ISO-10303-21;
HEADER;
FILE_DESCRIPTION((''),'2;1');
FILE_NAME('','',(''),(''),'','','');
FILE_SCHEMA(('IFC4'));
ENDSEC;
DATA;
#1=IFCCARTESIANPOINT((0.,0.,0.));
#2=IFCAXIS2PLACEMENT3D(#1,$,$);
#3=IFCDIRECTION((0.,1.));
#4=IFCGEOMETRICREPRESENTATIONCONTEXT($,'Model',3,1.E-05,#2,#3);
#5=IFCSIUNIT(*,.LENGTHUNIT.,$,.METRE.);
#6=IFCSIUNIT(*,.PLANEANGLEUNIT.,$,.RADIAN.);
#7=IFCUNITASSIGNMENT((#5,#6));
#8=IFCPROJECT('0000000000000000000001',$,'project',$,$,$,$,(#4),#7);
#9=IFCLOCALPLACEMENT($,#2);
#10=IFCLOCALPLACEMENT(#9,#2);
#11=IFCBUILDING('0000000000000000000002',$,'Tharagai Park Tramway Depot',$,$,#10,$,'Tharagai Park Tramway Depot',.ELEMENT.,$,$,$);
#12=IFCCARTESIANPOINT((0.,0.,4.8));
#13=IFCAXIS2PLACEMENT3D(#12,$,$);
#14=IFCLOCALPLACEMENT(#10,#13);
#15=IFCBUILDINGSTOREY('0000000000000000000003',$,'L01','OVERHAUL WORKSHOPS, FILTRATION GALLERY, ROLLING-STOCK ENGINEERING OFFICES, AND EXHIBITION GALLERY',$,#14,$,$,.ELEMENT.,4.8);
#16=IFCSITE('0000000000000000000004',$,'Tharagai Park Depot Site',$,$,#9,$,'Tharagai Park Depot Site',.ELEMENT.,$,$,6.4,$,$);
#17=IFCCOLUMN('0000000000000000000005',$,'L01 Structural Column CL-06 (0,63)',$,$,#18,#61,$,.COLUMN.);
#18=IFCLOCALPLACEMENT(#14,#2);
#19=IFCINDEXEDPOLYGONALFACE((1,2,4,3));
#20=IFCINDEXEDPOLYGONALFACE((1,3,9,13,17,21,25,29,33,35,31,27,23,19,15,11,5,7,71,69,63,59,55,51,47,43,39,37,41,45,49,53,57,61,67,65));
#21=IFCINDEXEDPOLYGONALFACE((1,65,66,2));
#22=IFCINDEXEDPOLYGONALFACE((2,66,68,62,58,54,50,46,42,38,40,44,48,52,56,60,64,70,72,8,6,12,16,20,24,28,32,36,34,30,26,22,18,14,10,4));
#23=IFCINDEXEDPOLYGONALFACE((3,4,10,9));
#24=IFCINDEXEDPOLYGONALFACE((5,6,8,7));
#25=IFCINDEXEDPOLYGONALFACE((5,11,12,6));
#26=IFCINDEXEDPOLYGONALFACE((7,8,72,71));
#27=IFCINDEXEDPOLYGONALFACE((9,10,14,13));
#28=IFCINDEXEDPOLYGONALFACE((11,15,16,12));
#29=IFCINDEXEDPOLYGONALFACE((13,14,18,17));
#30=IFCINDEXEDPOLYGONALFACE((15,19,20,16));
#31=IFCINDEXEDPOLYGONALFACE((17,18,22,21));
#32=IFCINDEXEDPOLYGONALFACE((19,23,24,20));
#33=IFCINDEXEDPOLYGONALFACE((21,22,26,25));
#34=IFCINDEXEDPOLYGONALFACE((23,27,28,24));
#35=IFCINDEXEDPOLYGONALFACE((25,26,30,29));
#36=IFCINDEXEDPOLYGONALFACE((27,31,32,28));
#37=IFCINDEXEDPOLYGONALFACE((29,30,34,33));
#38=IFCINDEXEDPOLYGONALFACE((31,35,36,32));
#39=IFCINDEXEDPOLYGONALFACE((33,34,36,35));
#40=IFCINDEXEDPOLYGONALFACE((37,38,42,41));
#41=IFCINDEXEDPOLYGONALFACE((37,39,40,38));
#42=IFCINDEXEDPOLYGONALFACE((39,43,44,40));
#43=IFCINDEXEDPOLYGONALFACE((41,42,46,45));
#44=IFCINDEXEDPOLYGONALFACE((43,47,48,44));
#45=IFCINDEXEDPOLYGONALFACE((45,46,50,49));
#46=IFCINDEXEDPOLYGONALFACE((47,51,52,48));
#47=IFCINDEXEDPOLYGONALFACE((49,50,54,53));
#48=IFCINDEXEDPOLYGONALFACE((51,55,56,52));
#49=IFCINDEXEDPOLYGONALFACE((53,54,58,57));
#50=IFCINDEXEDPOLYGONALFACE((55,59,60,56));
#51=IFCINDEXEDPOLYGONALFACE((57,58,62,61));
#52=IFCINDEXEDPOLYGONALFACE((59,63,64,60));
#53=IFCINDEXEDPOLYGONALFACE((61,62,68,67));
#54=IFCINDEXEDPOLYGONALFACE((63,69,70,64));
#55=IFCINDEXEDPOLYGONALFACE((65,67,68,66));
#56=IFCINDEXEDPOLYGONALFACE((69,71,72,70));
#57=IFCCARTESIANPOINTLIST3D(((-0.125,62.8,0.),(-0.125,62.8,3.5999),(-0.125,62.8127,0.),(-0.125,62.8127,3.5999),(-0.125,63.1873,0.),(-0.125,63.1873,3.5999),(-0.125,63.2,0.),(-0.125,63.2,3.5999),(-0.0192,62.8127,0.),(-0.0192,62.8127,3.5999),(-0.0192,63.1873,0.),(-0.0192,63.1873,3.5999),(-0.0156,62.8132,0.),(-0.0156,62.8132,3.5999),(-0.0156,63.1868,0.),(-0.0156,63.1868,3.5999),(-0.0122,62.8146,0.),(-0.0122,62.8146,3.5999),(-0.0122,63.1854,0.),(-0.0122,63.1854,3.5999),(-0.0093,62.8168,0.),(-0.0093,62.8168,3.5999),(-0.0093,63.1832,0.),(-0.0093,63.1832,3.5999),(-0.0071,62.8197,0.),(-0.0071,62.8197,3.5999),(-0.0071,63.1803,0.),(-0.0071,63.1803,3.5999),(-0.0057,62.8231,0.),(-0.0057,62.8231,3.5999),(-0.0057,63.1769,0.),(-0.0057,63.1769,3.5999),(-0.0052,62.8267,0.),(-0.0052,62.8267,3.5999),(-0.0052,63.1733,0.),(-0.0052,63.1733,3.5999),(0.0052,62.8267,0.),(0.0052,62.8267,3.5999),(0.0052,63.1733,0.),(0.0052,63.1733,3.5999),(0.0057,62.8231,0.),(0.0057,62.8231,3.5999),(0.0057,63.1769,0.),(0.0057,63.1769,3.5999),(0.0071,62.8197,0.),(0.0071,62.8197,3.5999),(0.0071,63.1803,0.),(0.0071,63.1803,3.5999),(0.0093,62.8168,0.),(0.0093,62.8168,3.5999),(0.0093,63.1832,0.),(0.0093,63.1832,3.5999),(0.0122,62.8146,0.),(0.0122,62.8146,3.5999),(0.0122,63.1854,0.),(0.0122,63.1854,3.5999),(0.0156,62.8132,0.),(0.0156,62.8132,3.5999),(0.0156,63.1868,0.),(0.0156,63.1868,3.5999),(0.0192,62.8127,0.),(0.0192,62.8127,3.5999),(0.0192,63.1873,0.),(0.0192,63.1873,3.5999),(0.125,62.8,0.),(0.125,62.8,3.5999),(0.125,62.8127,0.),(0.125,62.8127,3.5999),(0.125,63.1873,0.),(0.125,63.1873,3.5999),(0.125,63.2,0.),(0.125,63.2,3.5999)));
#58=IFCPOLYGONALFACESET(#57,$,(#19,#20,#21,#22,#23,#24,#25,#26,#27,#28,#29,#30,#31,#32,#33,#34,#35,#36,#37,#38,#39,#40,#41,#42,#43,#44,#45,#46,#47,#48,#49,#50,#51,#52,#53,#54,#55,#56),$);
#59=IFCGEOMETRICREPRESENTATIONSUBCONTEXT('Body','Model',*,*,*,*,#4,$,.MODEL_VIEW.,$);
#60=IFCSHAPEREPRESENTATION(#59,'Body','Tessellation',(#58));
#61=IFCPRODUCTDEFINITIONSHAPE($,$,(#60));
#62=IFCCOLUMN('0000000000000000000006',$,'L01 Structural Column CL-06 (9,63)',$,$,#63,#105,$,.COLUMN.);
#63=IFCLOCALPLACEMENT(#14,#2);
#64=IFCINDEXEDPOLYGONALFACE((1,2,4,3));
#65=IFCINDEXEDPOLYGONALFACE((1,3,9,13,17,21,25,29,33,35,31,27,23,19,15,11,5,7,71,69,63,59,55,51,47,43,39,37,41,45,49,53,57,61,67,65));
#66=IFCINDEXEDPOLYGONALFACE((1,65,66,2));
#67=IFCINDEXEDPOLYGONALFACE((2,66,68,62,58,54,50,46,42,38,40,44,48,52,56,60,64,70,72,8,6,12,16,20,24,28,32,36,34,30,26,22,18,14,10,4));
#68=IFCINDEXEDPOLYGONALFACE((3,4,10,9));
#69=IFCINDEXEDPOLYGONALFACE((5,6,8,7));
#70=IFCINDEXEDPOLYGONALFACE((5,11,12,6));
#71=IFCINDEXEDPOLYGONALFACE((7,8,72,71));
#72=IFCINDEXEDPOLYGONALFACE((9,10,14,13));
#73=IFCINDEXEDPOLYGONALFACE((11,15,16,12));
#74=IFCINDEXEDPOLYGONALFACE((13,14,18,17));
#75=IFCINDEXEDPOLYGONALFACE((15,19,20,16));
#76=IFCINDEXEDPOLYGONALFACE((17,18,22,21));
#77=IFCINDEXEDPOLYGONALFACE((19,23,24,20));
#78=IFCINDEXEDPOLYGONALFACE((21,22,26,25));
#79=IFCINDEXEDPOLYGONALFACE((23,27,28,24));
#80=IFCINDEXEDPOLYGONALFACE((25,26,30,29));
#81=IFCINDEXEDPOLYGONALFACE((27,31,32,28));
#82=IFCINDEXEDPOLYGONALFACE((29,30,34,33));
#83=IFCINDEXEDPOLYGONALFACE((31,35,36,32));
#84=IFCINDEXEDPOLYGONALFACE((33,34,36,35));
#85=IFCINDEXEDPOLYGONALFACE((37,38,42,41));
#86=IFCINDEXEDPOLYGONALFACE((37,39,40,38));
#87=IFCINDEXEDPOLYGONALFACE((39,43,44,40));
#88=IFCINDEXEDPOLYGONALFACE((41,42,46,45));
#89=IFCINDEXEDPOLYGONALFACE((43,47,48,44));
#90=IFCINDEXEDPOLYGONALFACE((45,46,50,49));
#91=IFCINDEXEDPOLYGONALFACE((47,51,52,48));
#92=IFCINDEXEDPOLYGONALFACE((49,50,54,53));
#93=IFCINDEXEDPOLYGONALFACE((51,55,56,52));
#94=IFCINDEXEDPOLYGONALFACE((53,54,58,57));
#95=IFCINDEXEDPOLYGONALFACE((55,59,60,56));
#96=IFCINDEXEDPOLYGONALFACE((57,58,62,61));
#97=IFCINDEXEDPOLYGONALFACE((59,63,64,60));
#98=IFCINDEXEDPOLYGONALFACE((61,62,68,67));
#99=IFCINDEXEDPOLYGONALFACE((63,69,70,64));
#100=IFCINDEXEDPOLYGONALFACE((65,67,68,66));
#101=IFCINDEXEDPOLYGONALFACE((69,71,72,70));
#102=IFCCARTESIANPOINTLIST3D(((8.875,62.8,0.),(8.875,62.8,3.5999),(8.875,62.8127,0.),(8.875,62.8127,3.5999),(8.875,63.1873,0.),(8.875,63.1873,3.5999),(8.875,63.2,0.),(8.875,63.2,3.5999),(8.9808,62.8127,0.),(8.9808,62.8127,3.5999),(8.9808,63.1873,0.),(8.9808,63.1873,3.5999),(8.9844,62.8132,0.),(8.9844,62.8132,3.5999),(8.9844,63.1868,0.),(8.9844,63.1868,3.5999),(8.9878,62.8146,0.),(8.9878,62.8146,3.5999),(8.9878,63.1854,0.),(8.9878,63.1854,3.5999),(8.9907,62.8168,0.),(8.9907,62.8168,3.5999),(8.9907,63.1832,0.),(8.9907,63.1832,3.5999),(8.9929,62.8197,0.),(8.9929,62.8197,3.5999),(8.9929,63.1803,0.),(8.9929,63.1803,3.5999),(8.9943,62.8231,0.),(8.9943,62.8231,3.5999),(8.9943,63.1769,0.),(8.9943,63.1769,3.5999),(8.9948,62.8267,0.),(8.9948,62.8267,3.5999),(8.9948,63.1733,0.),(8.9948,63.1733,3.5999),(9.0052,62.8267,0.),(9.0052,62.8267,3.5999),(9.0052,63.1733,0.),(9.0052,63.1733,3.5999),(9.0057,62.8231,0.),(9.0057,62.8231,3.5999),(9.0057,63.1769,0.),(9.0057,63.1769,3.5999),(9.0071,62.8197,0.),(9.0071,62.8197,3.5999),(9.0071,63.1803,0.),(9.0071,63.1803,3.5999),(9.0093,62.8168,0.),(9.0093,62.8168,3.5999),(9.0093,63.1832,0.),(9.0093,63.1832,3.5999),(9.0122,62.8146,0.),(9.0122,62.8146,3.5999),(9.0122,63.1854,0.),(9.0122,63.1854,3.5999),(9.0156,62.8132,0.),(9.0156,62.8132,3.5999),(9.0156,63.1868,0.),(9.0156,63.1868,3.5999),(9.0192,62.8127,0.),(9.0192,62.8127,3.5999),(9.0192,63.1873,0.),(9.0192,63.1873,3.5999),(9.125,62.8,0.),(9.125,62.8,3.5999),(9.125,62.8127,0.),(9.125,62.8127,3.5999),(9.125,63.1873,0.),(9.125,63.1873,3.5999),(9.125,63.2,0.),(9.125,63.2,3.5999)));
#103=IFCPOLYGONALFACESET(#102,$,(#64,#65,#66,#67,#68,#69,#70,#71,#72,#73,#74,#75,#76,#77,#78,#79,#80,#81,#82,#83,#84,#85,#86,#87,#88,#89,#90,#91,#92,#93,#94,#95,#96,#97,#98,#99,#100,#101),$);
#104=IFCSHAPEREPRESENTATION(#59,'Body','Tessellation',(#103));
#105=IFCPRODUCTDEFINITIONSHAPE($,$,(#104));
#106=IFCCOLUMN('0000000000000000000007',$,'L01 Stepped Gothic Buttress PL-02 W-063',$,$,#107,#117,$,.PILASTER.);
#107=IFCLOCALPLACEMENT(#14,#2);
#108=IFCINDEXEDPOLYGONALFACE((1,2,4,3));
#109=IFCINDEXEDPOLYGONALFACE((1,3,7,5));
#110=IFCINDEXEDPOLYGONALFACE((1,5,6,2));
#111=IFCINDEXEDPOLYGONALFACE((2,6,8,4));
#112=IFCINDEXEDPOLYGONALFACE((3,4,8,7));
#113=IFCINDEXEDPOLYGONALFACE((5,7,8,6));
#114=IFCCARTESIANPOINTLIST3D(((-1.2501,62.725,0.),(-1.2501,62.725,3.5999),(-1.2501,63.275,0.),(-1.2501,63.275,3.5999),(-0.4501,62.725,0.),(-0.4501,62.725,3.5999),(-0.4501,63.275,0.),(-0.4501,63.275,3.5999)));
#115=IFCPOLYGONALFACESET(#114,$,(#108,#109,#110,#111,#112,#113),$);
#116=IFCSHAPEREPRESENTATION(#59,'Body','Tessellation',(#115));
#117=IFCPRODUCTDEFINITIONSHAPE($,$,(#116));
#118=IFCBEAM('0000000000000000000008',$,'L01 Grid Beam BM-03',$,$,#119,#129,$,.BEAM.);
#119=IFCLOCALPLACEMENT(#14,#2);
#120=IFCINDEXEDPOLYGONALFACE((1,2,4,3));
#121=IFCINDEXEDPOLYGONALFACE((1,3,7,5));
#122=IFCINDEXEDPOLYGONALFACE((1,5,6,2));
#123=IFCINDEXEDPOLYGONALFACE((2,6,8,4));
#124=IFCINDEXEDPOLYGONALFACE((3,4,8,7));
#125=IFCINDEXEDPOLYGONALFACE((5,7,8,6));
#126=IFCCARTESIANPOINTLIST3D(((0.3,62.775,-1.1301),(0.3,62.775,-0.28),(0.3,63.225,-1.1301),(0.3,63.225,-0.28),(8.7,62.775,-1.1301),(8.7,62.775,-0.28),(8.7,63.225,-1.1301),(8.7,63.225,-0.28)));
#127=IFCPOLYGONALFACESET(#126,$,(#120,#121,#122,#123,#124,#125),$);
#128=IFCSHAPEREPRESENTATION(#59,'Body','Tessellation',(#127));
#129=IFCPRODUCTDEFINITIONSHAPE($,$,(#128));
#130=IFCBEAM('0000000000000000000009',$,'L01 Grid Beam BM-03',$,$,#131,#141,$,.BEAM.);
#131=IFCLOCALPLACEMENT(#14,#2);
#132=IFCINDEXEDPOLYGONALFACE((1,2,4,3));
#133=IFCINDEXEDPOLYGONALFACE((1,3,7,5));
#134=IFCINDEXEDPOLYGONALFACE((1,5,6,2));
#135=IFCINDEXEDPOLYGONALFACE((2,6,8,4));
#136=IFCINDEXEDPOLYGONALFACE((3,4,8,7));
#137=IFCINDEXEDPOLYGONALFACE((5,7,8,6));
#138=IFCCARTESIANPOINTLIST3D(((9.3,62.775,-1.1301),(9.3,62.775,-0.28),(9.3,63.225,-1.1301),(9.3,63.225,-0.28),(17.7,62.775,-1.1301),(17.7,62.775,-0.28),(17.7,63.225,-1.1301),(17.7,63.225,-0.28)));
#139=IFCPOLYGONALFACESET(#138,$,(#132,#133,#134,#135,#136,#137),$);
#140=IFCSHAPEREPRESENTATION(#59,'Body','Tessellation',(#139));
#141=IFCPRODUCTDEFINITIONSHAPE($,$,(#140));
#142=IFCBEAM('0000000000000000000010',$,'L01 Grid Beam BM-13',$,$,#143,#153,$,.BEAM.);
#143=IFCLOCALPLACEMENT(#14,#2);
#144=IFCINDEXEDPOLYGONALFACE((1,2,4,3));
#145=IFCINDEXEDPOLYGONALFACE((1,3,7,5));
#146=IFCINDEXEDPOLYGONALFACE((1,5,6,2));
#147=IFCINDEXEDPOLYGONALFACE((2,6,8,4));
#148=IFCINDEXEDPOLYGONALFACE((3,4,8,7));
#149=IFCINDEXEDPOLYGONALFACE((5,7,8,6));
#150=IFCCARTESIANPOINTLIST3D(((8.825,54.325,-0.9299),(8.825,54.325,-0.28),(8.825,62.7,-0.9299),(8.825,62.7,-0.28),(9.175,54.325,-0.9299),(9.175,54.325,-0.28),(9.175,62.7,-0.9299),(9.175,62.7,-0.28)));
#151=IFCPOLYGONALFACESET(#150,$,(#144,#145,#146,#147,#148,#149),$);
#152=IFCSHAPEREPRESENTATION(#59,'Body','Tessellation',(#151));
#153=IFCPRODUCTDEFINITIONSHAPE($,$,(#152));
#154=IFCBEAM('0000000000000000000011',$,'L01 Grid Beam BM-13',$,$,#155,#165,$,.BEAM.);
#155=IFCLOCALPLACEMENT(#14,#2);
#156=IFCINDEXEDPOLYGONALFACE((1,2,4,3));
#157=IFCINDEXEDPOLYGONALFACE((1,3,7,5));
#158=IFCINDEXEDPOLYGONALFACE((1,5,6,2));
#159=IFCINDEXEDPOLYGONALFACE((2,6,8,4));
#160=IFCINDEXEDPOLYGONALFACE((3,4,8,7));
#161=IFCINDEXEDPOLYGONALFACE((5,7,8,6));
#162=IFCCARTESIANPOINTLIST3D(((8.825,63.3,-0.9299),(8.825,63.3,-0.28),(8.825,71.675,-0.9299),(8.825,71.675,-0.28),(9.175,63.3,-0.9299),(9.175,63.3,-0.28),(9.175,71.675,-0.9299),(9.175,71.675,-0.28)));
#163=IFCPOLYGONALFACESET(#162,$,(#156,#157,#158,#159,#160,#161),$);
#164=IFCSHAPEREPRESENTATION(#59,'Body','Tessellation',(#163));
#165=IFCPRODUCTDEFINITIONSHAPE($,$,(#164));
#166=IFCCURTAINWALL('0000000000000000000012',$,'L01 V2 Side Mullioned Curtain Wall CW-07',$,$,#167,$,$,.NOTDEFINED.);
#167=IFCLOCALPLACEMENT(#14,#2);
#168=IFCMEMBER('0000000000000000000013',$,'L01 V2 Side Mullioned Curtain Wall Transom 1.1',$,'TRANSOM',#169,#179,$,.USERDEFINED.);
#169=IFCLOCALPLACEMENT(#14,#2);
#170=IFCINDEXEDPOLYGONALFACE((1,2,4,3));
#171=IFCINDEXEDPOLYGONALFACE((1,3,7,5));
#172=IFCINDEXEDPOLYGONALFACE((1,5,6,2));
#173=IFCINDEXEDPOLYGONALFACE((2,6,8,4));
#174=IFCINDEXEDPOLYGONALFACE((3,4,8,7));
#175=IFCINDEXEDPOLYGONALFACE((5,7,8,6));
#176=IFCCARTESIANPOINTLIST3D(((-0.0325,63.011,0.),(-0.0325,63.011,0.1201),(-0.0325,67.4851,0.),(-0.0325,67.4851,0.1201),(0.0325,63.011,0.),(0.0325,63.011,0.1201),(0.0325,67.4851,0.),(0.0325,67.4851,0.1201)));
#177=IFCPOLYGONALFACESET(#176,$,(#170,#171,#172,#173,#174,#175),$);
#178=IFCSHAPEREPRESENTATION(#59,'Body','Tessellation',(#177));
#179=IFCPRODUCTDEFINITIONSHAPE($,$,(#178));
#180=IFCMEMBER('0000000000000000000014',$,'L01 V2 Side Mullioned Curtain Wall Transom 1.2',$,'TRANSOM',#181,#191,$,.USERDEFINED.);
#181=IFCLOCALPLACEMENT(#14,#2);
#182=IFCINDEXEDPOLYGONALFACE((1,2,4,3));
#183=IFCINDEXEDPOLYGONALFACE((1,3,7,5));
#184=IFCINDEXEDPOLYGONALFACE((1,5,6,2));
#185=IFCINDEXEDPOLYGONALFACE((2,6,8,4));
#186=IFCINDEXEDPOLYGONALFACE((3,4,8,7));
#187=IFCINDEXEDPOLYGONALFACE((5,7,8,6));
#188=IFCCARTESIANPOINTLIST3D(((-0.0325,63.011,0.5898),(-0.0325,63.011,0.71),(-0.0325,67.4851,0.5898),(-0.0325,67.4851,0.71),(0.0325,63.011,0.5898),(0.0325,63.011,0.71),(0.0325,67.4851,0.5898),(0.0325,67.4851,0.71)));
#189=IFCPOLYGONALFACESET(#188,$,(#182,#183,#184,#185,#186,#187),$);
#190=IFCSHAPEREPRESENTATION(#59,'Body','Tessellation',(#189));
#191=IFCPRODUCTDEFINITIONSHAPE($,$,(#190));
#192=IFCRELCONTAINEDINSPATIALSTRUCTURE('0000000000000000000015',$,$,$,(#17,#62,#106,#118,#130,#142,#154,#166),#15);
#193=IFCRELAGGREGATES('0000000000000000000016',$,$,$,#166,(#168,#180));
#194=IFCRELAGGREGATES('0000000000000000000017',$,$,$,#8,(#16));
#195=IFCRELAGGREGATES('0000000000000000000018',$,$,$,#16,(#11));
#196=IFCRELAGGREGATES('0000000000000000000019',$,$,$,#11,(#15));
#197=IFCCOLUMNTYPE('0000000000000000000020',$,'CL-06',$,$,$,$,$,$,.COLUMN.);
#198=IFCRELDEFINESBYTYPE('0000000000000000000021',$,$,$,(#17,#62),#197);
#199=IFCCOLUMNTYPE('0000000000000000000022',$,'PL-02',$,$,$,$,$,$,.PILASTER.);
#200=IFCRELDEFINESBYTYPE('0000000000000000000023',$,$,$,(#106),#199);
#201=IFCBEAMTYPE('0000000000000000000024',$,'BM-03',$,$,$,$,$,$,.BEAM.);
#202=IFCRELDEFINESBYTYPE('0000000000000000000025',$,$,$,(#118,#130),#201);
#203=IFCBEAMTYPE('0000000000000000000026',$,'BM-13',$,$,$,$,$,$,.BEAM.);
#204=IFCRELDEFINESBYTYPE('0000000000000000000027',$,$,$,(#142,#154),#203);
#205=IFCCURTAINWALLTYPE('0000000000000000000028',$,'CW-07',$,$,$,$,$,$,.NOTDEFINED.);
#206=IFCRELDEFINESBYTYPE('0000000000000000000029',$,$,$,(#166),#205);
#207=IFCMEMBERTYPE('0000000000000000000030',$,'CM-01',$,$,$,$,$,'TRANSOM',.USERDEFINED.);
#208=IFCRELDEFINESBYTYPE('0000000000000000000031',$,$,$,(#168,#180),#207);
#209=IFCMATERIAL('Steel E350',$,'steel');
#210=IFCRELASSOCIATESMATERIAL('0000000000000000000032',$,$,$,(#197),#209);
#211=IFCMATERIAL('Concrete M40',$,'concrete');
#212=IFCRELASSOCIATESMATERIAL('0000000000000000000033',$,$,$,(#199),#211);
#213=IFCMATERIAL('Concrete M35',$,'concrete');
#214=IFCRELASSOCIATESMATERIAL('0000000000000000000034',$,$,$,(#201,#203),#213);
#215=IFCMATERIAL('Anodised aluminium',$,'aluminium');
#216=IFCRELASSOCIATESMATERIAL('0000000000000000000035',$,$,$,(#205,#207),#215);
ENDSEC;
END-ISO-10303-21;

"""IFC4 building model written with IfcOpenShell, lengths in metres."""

from ifc_helpers import new_model, si_unit, direction, frame, origin, origin_2d, place, context, subcontext, project, spatial, rectangle, i_section, extrude, material, material_profile, profile_set, type_object, element, aggregate, save


model = new_model("IFC4")

# Units and contexts
model_context = context("Model", 3, precision=1e-05, world=origin(), true_north=direction((0.0, 1.0)))
body_context = subcontext(model_context, "Body", "Model", "MODEL_VIEW")
ifc_project = project(units=[si_unit("LENGTHUNIT", "METRE"), si_unit("PLANEANGLEUNIT", "RADIAN")], contexts=[model_context])

# Site, building, storey
site_placement = place(None, origin())
site = spatial("IfcSite", under=ifc_project, at=site_placement, Name="Tharagai Park Depot Site", LongName="Tharagai Park Depot Site", CompositionType="ELEMENT", RefElevation=6.4)
building_placement = place(site_placement, origin())
building = spatial("IfcBuilding", under=site, at=building_placement, Name="Tharagai Park Tramway Depot", LongName="Tharagai Park Tramway Depot", CompositionType="ELEMENT")
storey_placement = place(building_placement, frame((0.0, 0.0, 4.8)))
storey = spatial("IfcBuildingStorey", under=building, at=storey_placement, Name="L01", Description="OVERHAUL WORKSHOPS, FILTRATION GALLERY, ROLLING-STOCK ENGINEERING OFFICES, AND EXHIBITION GALLERY", CompositionType="ELEMENT", Elevation=4.8)

# Columns
ifc_material_1 = material(Name="Steel E350", Category="steel")
ifc_material_profile_1 = material_profile(ifc_material_1, i_section(OverallWidth=0.25, OverallDepth=0.3999, WebThickness=0.0105, FlangeThickness=0.0127, FilletRadius=0.0139, at=origin_2d()), Name="ISHB 400")
ifc_profile_set_1 = profile_set([ifc_material_profile_1], Name="Steel E350")
column_type_1 = type_object("IfcColumnType", Name="CL-06", PredefinedType="COLUMN", material=ifc_profile_set_1)
for number, where, z_axis, x_axis, name in (
    (1, (0.0, 63.0, 0.0), (0.0, 0.0, 1.0), (1.0, 0.0, 0.0), "L01 Structural Column CL-06 (0,63)"),
    (2, (9.0, 63.0, 0.0), (0.0, 0.0, 1.0), (1.0, 0.0, 0.0), "L01 Structural Column CL-06 (9,63)"),
):
    element("IfcColumn", number, at=place(storey_placement, frame(where, z_axis=z_axis, x_axis=x_axis)), inside=storey, type_object=column_type_1, Name=name, PredefinedType="COLUMN", context=body_context, shape_type="SweptSolid", body=[
        extrude(i_section(OverallWidth=0.25, OverallDepth=0.3999, WebThickness=0.0105, FlangeThickness=0.0127, FilletRadius=0.0139, at=origin_2d()), origin(), (0.0, 0.0, 1.0), 3.5999),
    ])
ifc_material_2 = material(Name="Concrete M40", Category="concrete")
ifc_material_profile_2 = material_profile(ifc_material_2, rectangle(XDim=0.55, YDim=0.8, at=origin_2d()), Name="RC 550x800")
ifc_profile_set_2 = profile_set([ifc_material_profile_2], Name="Concrete M40")
column_type_2 = type_object("IfcColumnType", Name="PL-02", PredefinedType="PILASTER", material=ifc_profile_set_2)
column_placement = place(storey_placement, frame((-0.8501, 63.0, 0.0), z_axis=(0.0, 0.0, 1.0), x_axis=(0.0, 1.0, 0.0)))
element("IfcColumn", 3, at=column_placement, inside=storey, type_object=column_type_2, Name="L01 Stepped Gothic Buttress PL-02 W-063", PredefinedType="PILASTER", context=body_context, shape_type="SweptSolid", body=[
    extrude(rectangle(XDim=0.55, YDim=0.8, at=origin_2d()), origin(), (0.0, 0.0, 1.0), 3.5999),
])

# Beams
ifc_material_3 = material(Name="Concrete M35", Category="concrete")
ifc_material_profile_3 = material_profile(ifc_material_3, rectangle(XDim=0.45, YDim=0.8501, at=origin_2d()), Name="RC 450x850")
ifc_profile_set_3 = profile_set([ifc_material_profile_3], Name="Concrete M35")
beam_type_1 = type_object("IfcBeamType", Name="BM-03", PredefinedType="BEAM", material=ifc_profile_set_3)
for number, where, z_axis, x_axis, name in (
    (4, (0.3, 63.0, -0.7051), (1.0, 0.0, 0.0), (0.0, 1.0, 0.0), "L01 Grid Beam BM-03"),
    (5, (9.3, 63.0, -0.7051), (1.0, 0.0, 0.0), (0.0, 1.0, 0.0), "L01 Grid Beam BM-03"),
):
    element("IfcBeam", number, at=place(storey_placement, frame(where, z_axis=z_axis, x_axis=x_axis)), inside=storey, type_object=beam_type_1, Name=name, PredefinedType="BEAM", context=body_context, shape_type="SweptSolid", body=[
        extrude(rectangle(XDim=0.45, YDim=0.8501, at=origin_2d()), origin(), (0.0, 0.0, 1.0), 8.3999),
    ])
ifc_material_profile_4 = material_profile(ifc_material_3, rectangle(XDim=0.3501, YDim=0.6499, at=origin_2d()), Name="RC 350x650")
ifc_profile_set_4 = profile_set([ifc_material_profile_4], Name="Concrete M35")
beam_type_2 = type_object("IfcBeamType", Name="BM-13", PredefinedType="BEAM", material=ifc_profile_set_4)
for number, where, z_axis, x_axis, name in (
    (6, (9.0, 54.325, -0.605), (0.0, 1.0, 0.0), (-1.0, 0.0, 0.0), "L01 Grid Beam BM-13"),
    (7, (9.0, 63.3, -0.605), (0.0, 1.0, 0.0), (-1.0, 0.0, 0.0), "L01 Grid Beam BM-13"),
):
    element("IfcBeam", number, at=place(storey_placement, frame(where, z_axis=z_axis, x_axis=x_axis)), inside=storey, type_object=beam_type_2, Name=name, PredefinedType="BEAM", context=body_context, shape_type="SweptSolid", body=[
        extrude(rectangle(XDim=0.3501, YDim=0.6499, at=origin_2d()), origin(), (0.0, 0.0, 1.0), 8.375),
    ])

# Curtain wall, members
ifc_material_4 = material(Name="Anodised aluminium", Category="aluminium")
curtain_wall_type = type_object("IfcCurtainWallType", Name="CW-07", PredefinedType="NOTDEFINED", material=ifc_material_4)
curtain_wall_placement = place(storey_placement, origin())
curtain_wall = element("IfcCurtainWall", 8, at=curtain_wall_placement, inside=storey, type_object=curtain_wall_type, Name="L01 V2 Side Mullioned Curtain Wall CW-07", PredefinedType="NOTDEFINED")
ifc_material_profile_5 = material_profile(ifc_material_4, rectangle(XDim=0.0649, YDim=0.1201, at=origin_2d()), Name="ALU 65x120")
ifc_profile_set_5 = profile_set([ifc_material_profile_5], Name="Anodised aluminium")
member_type_1 = type_object("IfcMemberType", Name="CM-01", ElementType="TRANSOM", PredefinedType="USERDEFINED", material=ifc_profile_set_5)
member_1_placement = place(storey_placement, frame((0.0, 63.011, 0.0601), z_axis=(0.0, 1.0, 0.0), x_axis=(-1.0, 0.0, 0.0)))
member_1 = element("IfcMember", 9, at=member_1_placement, type_object=member_type_1, Name="L01 V2 Side Mullioned Curtain Wall Transom 1.1", ObjectType="TRANSOM", PredefinedType="USERDEFINED", context=body_context, shape_type="SweptSolid", body=[
    extrude(rectangle(XDim=0.0649, YDim=0.1201, at=origin_2d()), origin(), (0.0, 0.0, 1.0), 4.4741),
])
member_2_placement = place(storey_placement, frame((0.0, 63.011, 0.6499), z_axis=(0.0, 1.0, 0.0), x_axis=(-1.0, 0.0, 0.0)))
member_2 = element("IfcMember", 10, at=member_2_placement, type_object=member_type_1, Name="L01 V2 Side Mullioned Curtain Wall Transom 1.2", ObjectType="TRANSOM", PredefinedType="USERDEFINED", context=body_context, shape_type="SweptSolid", body=[
    extrude(rectangle(XDim=0.0649, YDim=0.1201, at=origin_2d()), origin(), (0.0, 0.0, 1.0), 4.4741),
])

aggregate(curtain_wall, [member_1, member_2])

save(model, "model.ifc")
